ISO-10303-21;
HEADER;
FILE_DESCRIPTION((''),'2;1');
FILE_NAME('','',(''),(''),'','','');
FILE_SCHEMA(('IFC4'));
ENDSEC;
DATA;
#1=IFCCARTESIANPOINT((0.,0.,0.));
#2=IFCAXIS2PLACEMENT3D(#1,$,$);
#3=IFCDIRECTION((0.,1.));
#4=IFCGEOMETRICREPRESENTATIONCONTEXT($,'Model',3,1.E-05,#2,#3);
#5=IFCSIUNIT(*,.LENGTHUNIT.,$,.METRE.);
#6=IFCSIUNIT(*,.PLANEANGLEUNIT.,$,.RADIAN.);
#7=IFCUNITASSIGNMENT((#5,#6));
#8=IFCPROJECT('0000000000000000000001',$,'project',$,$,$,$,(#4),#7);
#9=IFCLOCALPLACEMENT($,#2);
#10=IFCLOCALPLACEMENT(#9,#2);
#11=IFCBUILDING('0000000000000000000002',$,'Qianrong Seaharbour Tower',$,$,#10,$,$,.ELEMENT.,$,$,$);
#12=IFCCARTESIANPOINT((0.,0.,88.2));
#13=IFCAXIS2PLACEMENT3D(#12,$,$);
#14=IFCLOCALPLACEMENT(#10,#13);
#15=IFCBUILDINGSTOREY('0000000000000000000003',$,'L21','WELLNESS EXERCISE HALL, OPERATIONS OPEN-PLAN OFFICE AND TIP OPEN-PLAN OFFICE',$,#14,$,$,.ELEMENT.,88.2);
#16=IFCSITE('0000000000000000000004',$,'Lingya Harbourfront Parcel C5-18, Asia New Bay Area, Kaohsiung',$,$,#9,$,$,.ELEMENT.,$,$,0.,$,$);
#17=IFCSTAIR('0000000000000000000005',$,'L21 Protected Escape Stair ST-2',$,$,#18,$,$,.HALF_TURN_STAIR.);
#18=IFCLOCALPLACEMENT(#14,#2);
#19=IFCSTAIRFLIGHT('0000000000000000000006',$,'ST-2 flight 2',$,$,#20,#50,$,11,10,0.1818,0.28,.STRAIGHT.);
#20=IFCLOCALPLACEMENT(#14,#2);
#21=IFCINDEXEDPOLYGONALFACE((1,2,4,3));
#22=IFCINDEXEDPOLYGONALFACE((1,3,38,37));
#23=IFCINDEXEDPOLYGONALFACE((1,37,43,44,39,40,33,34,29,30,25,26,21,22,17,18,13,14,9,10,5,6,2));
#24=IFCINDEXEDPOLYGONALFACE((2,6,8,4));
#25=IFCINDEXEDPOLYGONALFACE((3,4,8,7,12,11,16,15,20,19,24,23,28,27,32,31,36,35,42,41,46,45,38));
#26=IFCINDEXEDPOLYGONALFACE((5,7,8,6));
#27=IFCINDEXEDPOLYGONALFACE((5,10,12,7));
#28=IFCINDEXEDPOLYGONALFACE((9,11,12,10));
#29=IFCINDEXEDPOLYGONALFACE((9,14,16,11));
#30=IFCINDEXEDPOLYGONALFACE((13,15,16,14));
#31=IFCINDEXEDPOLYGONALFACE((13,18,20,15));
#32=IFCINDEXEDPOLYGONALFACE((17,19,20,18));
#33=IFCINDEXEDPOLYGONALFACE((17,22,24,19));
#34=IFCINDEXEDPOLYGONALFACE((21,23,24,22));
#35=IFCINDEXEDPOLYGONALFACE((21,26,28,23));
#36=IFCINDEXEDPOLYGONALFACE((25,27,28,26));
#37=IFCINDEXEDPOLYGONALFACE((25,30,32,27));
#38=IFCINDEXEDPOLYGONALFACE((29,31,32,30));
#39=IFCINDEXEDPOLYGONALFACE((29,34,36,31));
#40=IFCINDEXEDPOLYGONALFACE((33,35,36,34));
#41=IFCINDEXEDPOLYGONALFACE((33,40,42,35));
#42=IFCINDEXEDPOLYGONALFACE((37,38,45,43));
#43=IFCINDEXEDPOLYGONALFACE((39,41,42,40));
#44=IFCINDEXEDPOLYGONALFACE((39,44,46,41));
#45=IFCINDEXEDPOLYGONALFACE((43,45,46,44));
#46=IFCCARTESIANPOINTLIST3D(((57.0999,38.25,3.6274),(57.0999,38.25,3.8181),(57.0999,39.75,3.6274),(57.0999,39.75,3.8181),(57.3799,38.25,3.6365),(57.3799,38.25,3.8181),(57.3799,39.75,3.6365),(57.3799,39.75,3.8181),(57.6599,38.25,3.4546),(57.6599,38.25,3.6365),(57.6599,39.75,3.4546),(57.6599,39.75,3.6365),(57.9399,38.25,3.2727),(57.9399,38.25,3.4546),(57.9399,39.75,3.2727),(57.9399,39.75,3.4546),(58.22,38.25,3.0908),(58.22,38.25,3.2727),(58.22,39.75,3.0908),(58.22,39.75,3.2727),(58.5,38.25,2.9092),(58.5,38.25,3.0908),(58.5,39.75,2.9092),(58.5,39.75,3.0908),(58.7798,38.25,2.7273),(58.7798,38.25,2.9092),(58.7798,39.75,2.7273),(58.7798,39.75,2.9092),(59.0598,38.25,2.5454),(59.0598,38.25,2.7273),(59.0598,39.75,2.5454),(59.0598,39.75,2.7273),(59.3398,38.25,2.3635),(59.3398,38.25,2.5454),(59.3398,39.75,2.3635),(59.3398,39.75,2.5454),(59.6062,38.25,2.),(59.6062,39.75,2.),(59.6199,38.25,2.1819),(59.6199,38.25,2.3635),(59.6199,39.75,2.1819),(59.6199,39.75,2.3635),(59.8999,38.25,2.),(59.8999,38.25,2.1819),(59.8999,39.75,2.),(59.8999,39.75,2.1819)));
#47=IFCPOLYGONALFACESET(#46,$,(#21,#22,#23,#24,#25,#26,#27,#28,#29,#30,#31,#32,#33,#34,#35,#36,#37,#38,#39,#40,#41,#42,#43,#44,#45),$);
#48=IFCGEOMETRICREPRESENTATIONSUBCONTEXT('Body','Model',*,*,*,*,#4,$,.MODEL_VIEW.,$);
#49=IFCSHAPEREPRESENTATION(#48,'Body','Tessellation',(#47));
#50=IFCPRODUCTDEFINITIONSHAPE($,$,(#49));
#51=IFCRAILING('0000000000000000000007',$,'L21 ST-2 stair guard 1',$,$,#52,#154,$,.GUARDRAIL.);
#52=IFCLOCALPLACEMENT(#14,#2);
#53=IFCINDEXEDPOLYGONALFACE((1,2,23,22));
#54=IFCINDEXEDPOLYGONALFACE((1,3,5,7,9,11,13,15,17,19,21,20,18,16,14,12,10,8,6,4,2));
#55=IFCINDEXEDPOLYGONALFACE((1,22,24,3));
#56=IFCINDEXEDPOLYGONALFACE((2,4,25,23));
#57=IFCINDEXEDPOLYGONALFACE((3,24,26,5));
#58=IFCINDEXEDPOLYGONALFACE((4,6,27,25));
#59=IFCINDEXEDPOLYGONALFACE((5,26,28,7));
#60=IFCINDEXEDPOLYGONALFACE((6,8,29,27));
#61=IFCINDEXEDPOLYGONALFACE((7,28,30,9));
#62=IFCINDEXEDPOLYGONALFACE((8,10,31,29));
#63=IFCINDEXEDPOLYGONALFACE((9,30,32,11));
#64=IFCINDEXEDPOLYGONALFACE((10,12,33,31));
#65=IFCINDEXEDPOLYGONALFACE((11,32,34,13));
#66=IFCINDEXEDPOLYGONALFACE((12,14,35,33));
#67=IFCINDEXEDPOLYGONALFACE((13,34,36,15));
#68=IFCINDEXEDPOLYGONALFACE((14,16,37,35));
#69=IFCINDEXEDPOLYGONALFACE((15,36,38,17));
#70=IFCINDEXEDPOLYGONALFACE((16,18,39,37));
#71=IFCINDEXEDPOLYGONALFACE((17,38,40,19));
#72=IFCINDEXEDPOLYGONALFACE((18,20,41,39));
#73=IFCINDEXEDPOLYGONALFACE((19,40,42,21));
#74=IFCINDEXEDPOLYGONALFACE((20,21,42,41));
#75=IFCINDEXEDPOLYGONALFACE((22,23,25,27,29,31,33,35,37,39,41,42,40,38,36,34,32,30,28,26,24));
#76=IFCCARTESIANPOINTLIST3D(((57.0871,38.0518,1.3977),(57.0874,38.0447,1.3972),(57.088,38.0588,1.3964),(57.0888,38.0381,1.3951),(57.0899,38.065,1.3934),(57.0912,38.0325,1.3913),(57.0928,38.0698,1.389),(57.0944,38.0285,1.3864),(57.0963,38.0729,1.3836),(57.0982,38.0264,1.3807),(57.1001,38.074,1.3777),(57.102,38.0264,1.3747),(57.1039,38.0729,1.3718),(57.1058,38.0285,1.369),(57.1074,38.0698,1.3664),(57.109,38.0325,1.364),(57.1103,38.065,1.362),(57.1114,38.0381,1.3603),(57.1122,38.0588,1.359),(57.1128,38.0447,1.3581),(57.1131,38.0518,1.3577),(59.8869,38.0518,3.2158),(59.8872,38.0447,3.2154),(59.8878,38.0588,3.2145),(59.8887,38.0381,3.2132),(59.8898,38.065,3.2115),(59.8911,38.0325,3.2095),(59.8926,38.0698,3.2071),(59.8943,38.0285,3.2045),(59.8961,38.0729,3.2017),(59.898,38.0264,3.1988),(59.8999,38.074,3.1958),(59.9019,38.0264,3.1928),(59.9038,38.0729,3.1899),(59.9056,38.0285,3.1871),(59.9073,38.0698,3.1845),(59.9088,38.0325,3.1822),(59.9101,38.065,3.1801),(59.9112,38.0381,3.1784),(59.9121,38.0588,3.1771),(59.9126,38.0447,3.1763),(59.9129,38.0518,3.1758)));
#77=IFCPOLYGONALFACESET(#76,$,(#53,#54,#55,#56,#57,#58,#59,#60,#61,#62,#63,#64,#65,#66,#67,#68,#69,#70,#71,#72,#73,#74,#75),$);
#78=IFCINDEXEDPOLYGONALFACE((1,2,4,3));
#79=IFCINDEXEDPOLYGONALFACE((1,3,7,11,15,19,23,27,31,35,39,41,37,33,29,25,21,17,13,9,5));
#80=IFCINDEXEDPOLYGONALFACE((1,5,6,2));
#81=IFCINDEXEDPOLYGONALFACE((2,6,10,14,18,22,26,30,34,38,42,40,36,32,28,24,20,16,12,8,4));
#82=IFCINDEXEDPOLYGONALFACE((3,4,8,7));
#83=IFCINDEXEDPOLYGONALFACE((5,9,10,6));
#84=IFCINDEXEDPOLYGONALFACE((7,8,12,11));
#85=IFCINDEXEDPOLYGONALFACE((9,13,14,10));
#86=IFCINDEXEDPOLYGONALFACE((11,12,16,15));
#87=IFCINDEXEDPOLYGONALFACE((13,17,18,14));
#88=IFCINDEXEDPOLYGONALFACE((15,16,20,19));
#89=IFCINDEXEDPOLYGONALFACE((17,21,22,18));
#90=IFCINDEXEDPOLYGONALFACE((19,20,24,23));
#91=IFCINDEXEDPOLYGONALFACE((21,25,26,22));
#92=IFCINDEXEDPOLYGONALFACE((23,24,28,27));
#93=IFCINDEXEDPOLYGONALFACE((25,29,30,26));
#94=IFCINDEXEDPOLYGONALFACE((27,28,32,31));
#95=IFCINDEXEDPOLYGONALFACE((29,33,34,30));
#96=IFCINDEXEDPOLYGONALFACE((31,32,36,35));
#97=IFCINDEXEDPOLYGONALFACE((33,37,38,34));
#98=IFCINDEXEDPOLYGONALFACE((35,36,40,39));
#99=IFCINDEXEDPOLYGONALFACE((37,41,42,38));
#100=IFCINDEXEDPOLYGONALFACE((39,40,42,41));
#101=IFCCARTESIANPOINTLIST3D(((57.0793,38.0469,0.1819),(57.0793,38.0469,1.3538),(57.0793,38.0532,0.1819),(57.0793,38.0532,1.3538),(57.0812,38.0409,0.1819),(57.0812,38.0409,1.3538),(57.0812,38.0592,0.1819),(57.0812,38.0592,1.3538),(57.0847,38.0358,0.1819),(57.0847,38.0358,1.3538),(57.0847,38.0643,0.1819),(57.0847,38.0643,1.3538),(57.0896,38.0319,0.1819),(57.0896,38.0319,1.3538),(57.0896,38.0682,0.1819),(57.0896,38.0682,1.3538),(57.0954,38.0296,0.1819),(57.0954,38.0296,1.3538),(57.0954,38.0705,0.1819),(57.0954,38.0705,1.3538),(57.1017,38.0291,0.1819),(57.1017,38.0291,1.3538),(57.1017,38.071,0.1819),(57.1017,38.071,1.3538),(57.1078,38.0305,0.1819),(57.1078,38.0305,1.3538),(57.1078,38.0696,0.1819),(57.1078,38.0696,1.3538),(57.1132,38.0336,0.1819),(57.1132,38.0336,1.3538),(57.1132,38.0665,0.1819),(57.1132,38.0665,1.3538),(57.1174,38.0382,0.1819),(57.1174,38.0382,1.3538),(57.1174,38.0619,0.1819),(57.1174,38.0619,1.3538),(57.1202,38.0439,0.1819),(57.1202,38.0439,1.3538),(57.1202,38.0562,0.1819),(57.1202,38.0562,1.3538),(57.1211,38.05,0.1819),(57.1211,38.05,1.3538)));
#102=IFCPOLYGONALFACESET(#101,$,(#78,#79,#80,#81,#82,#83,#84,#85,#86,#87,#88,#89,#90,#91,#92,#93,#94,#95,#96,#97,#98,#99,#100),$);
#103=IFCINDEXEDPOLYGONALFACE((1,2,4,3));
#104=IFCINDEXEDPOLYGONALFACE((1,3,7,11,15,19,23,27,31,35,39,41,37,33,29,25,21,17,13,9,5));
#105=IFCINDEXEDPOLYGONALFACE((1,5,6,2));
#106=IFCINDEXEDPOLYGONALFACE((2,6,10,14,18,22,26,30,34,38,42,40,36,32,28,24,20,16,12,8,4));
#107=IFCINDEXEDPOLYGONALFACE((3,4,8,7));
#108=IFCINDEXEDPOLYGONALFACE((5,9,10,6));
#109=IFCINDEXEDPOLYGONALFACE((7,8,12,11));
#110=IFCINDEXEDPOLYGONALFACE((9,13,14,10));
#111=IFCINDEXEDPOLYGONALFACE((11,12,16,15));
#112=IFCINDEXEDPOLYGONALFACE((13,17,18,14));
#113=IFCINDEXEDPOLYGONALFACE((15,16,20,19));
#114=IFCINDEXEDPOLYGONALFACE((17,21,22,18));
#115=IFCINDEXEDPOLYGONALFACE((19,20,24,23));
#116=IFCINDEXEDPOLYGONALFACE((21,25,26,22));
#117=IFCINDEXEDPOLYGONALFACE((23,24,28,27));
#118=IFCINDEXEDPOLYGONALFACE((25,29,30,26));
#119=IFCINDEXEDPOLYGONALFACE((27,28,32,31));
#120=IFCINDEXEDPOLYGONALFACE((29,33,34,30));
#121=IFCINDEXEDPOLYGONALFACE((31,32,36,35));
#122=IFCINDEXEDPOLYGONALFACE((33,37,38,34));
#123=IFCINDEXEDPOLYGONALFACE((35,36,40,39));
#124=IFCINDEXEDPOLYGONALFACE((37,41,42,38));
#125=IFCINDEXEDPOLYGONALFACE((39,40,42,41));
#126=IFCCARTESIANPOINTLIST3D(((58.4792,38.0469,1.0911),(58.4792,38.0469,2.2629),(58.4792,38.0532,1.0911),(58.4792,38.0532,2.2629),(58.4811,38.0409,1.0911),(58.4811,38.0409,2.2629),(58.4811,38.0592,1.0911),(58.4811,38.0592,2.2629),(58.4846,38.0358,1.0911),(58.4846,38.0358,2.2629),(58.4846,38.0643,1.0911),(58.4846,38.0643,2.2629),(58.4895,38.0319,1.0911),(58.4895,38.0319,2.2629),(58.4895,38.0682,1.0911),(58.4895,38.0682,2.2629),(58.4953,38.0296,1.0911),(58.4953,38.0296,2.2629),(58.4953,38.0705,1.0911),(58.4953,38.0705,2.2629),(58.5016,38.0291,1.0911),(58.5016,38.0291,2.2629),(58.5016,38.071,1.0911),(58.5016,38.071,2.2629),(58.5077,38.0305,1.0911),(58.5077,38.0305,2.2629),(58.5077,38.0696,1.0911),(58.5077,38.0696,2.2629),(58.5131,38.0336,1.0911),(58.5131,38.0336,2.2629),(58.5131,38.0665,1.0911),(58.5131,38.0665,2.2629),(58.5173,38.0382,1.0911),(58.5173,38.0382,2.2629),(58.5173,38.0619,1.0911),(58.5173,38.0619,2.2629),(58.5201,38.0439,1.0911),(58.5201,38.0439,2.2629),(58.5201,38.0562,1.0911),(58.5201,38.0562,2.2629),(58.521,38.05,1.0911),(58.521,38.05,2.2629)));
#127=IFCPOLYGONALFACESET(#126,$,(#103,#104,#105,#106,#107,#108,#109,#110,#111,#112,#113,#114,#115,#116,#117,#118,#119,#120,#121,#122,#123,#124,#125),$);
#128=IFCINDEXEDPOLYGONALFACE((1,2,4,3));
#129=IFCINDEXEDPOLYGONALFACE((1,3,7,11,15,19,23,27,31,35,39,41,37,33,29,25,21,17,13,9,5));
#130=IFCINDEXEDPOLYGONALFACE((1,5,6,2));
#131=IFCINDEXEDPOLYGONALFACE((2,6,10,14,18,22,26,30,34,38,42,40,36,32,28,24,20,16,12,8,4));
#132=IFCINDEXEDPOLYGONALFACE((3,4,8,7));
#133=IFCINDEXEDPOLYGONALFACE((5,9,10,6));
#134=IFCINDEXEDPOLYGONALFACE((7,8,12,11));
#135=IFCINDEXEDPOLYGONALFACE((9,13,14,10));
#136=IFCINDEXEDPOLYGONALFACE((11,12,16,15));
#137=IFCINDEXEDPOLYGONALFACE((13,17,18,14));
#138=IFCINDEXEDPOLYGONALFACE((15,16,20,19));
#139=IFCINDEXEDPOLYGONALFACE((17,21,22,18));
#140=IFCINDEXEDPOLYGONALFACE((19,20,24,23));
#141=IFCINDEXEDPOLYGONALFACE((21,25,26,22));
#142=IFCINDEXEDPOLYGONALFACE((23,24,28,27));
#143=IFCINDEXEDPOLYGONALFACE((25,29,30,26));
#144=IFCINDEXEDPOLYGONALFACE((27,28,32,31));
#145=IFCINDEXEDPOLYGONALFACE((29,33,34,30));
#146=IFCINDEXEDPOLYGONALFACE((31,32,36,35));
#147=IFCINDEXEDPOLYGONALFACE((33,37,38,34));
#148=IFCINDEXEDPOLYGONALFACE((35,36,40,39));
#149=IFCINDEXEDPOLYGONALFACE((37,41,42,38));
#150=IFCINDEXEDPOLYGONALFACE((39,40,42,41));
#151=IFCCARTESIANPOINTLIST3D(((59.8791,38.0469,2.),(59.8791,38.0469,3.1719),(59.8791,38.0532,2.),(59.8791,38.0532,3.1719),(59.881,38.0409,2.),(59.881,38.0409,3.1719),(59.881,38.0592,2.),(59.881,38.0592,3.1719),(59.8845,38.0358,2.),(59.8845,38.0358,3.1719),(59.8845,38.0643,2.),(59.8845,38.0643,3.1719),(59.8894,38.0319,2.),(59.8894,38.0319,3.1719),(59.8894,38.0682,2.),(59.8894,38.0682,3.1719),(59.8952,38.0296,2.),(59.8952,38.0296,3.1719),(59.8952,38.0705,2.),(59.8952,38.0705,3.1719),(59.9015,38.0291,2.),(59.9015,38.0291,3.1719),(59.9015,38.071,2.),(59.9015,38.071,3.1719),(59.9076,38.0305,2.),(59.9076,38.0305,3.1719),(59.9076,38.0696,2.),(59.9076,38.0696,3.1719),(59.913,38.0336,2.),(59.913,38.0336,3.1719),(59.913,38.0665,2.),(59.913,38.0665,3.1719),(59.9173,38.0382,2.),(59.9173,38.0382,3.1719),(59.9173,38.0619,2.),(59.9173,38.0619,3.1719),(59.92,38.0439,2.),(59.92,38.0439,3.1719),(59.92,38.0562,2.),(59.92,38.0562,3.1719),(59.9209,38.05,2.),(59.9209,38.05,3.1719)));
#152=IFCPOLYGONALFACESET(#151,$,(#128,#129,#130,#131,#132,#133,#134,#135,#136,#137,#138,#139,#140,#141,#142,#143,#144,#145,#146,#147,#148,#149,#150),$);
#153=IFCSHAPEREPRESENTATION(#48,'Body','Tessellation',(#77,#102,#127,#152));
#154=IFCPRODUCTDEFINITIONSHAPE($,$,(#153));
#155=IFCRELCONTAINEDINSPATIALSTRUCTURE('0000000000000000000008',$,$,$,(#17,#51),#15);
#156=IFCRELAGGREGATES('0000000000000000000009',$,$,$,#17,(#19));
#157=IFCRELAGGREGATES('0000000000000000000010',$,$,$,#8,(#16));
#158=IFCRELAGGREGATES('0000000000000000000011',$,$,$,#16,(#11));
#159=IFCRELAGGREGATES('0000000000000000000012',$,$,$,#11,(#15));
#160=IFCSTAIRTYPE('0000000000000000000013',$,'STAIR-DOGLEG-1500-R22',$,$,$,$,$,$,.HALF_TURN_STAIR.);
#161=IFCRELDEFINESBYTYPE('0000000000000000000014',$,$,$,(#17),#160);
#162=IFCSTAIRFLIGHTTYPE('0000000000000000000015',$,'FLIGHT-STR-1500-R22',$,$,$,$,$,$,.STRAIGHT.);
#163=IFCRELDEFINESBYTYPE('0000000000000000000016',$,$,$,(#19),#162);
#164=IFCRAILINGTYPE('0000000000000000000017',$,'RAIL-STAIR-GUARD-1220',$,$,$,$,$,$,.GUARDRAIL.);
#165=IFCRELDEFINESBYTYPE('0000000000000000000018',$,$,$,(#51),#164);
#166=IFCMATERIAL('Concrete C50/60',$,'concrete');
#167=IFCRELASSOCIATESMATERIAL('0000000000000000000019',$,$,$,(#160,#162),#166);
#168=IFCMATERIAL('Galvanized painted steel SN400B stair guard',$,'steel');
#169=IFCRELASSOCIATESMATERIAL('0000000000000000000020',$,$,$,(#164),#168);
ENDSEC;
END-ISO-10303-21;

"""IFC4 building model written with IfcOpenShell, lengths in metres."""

from ifc_helpers import new_model, si_unit, direction, frame, origin, origin_2d, place, context, subcontext, project, spatial, polyline, circle, outline, extrude, material, type_object, element, aggregate, save


model = new_model("IFC4")

# Units and contexts
model_context = context("Model", 3, precision=1e-05, world=origin(), true_north=direction((0.0, 1.0)))
body_context = subcontext(model_context, "Body", "Model", "MODEL_VIEW")
ifc_project = project(units=[si_unit("LENGTHUNIT", "METRE"), si_unit("PLANEANGLEUNIT", "RADIAN")], contexts=[model_context])

# Site, building, storey
site_placement = place(None, origin())
site = spatial("IfcSite", under=ifc_project, at=site_placement, Name="Lingya Harbourfront Parcel C5-18, Asia New Bay Area, Kaohsiung", CompositionType="ELEMENT", RefElevation=0.0)
building_placement = place(site_placement, origin())
building = spatial("IfcBuilding", under=site, at=building_placement, Name="Qianrong Seaharbour Tower", CompositionType="ELEMENT")
storey_placement = place(building_placement, frame((0.0, 0.0, 88.2)))
storey = spatial("IfcBuildingStorey", under=building, at=storey_placement, Name="L21", Description="WELLNESS EXERCISE HALL, OPERATIONS OPEN-PLAN OFFICE AND TIP OPEN-PLAN OFFICE", CompositionType="ELEMENT", Elevation=88.2)

# Shared definitions
ifc_material_1 = material(Name="Concrete C50/60", Category="concrete")

# Stair, stair flight
stair_type = type_object("IfcStairType", Name="STAIR-DOGLEG-1500-R22", PredefinedType="HALF_TURN_STAIR", material=ifc_material_1)
stair_placement = place(storey_placement, origin())
stair = element("IfcStair", 1, at=stair_placement, inside=storey, type_object=stair_type, Name="L21 Protected Escape Stair ST-2", PredefinedType="HALF_TURN_STAIR")
stair_flight_type = type_object("IfcStairFlightType", Name="FLIGHT-STR-1500-R22", PredefinedType="STRAIGHT", material=ifc_material_1)
stair_flight_1_placement = place(storey_placement, frame((59.8999, 39.0, 2.0), z_axis=(0.0, 0.0, 1.0), x_axis=(-1.0, 0.0, 0.0)))
stair_flight_1 = element("IfcStairFlight", 2, at=stair_flight_1_placement, type_object=stair_flight_type, Name="ST-2 flight 2", NumberOfRisers=11, NumberOfTreads=10, PredefinedType="STRAIGHT", RiserHeight=0.1818, TreadLength=0.28, context=body_context, shape_type="SweptSolid", body=[
    extrude(outline(polyline([(0.0, 0.0), (0.0, 0.1819), (0.28, 0.1819), (0.28, 0.3635), (0.5601, 0.3635), (0.5601, 0.5454), (0.8401, 0.5454), (0.8401, 0.7273), (1.1201, 0.7273), (1.1201, 0.9092), (1.3999, 0.9092), (1.3999, 1.0908), (1.6799, 1.0908), (1.6799, 1.2727), (1.96, 1.2727), (1.96, 1.4546), (2.24, 1.4546), (2.24, 1.6365), (2.52, 1.6365), (2.52, 1.8181), (2.8, 1.8181), (2.8, 2.0), (2.8, 1.6274), (0.2937, 0.0), (0.0, 0.0)])), frame((0.0, 0.75, 0.0), z_axis=(0.0, -1.0, 0.0), x_axis=(1.0, 0.0, 0.0)), (0.0, 0.0, 1.0), 1.5),
])
aggregate(stair, [stair_flight_1])

# Railing
ifc_material_2 = material(Name="Galvanized painted steel SN400B stair guard", Category="steel")
railing_type_1 = type_object("IfcRailingType", Name="RAIL-STAIR-GUARD-1220", PredefinedType="GUARDRAIL", material=ifc_material_2)
railing_1_placement = place(storey_placement, frame((57.1001, 38.05, 0.1819)))
element("IfcRailing", 3, at=railing_1_placement, inside=storey, type_object=railing_type_1, Name="L21 ST-2 stair guard 1", PredefinedType="GUARDRAIL", context=body_context, shape_type="SweptSolid", body=[
    extrude(circle(Radius=0.0239, at=origin_2d()), frame((0.0, 0.0, 1.1958), z_axis=(0.838684, 0.0, 0.544618), x_axis=(0.0, 1.0, 0.0)), (0.0, 0.0, 1.0), 3.3384),
    extrude(circle(Radius=0.021, at=origin_2d()), origin(), (0.0, 0.0, 1.0), 1.1719),
    extrude(circle(Radius=0.021, at=origin_2d()), frame((1.3999, 0.0, 0.9092)), (0.0, 0.0, 1.0), 1.1719),
    extrude(circle(Radius=0.021, at=origin_2d()), frame((2.7998, 0.0, 1.8181)), (0.0, 0.0, 1.0), 1.1719),
])

save(model, "model.ifc")
